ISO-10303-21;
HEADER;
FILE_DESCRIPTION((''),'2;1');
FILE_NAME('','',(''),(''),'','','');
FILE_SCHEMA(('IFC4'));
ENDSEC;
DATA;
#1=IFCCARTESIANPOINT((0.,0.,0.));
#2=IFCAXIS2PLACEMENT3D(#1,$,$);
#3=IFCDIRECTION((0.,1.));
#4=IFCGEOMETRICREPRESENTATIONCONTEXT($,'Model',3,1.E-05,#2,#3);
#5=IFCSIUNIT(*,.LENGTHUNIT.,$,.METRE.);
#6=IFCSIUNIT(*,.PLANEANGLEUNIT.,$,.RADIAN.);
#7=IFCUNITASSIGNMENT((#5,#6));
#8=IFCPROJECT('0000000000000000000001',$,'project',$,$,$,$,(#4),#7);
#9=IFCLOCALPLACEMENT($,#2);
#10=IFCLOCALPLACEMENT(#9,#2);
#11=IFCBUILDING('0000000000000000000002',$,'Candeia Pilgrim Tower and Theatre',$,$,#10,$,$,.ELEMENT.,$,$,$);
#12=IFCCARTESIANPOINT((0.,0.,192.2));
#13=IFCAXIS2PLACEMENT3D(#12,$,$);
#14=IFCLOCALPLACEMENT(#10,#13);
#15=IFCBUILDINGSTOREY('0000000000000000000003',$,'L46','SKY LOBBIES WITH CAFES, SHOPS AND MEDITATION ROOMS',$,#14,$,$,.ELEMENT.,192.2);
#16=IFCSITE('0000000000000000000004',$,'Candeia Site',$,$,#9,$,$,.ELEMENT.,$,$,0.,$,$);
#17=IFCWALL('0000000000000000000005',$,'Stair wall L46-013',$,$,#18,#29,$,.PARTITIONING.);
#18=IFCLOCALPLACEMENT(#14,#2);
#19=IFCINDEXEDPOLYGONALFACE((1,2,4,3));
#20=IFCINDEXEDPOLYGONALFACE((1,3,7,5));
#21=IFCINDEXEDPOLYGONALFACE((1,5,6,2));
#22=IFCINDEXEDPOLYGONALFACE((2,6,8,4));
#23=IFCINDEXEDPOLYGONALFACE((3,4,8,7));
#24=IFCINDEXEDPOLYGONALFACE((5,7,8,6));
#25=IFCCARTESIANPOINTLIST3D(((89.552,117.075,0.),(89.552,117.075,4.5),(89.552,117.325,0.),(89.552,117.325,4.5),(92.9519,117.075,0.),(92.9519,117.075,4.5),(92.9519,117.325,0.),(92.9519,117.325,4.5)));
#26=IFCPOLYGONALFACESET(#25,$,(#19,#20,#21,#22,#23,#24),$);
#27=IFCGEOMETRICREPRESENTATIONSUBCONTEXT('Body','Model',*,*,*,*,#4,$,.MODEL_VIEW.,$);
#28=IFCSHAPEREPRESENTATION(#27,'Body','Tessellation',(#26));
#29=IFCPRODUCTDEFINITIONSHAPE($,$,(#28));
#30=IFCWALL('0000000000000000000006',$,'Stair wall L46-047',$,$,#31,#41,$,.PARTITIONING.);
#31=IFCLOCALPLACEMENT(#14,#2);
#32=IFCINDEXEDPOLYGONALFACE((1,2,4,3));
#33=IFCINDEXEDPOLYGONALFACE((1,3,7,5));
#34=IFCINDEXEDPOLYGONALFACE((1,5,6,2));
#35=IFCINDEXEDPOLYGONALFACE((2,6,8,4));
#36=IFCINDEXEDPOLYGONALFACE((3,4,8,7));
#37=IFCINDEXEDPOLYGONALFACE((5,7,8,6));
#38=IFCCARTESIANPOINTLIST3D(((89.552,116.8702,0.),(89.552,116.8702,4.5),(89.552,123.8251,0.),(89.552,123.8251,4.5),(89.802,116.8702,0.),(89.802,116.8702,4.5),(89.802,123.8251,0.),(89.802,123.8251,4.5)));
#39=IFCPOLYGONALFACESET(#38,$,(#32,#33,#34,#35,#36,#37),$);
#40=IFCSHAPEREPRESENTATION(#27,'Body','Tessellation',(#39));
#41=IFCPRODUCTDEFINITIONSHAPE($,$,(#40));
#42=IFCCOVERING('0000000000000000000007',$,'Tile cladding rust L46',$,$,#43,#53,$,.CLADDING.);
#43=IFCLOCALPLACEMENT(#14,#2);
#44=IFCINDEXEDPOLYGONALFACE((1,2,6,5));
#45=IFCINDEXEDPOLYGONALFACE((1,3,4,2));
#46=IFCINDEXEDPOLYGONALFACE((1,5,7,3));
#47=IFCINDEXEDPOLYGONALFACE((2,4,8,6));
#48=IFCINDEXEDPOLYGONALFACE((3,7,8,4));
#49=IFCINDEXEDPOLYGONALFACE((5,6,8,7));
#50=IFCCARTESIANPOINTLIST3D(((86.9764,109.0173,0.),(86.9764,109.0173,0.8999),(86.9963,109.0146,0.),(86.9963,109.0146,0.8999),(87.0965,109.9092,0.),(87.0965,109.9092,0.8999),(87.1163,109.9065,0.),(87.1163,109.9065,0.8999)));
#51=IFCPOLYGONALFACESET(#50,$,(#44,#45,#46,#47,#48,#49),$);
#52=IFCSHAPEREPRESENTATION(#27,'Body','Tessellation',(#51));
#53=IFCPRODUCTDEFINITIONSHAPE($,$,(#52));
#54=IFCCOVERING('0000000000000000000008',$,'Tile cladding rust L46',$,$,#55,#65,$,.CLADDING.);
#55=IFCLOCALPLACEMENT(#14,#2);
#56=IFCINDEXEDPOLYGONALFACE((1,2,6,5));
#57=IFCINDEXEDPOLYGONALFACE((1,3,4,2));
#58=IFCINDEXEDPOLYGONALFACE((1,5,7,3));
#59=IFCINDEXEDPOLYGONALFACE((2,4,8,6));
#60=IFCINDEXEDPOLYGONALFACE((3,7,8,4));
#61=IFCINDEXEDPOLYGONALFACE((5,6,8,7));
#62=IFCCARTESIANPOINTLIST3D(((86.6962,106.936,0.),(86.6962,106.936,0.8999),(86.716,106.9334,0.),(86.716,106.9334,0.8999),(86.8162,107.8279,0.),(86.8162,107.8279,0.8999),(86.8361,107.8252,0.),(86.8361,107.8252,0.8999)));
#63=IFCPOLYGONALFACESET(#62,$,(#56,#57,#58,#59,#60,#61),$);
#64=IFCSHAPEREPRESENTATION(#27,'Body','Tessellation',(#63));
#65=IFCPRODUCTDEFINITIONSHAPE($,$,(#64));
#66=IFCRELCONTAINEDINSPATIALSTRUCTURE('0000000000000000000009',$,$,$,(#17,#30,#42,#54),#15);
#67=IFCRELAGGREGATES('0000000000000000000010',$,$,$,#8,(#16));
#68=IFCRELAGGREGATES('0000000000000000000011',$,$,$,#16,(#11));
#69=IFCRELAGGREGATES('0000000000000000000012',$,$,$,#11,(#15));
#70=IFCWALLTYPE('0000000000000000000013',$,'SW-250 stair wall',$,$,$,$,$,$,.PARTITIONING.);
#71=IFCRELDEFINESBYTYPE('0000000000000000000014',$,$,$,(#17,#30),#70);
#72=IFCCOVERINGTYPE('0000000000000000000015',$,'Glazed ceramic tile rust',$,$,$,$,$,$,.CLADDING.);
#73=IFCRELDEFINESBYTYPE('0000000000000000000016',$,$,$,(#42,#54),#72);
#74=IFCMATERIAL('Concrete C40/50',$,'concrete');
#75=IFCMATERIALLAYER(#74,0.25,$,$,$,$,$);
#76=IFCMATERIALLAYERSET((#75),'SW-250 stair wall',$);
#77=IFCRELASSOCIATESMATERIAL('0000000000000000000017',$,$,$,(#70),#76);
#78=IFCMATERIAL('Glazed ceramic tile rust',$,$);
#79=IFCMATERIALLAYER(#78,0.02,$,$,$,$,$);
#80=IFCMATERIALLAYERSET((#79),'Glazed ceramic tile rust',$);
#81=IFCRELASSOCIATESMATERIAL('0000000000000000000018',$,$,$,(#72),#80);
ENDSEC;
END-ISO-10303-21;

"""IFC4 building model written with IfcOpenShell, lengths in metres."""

from ifc_helpers import new_model, si_unit, direction, frame, frame_2d, origin, origin_2d, place, context, subcontext, project, spatial, rectangle, extrude, material, layer, layer_set, type_object, element, save


model = new_model("IFC4")

# Units and contexts
model_context = context("Model", 3, precision=1e-05, world=origin(), true_north=direction((0.0, 1.0)))
body_context = subcontext(model_context, "Body", "Model", "MODEL_VIEW")
ifc_project = project(units=[si_unit("LENGTHUNIT", "METRE"), si_unit("PLANEANGLEUNIT", "RADIAN")], contexts=[model_context])

# Site, building, storey
site_placement = place(None, origin())
site = spatial("IfcSite", under=ifc_project, at=site_placement, Name="Candeia Site", CompositionType="ELEMENT", RefElevation=0.0)
building_placement = place(site_placement, origin())
building = spatial("IfcBuilding", under=site, at=building_placement, Name="Candeia Pilgrim Tower and Theatre", CompositionType="ELEMENT")
storey_placement = place(building_placement, frame((0.0, 0.0, 192.2)))
storey = spatial("IfcBuildingStorey", under=building, at=storey_placement, Name="L46", Description="SKY LOBBIES WITH CAFES, SHOPS AND MEDITATION ROOMS", CompositionType="ELEMENT", Elevation=192.2)

# Shared definitions
ifc_material_1 = material(Name="Concrete C40/50", Category="concrete")

# Walls
ifc_layer_1 = layer(ifc_material_1, 0.25)
ifc_layer_set_1 = layer_set([ifc_layer_1], Name="SW-250 stair wall")
wall_type_1 = type_object("IfcWallType", Name="SW-250 stair wall", PredefinedType="PARTITIONING", material=ifc_layer_set_1)
wall_1_placement = place(storey_placement, frame((89.552, 117.2, 0.0), z_axis=(0.0, 0.0, 1.0), x_axis=(1.0, 0.0, 0.0)))
element("IfcWall", 1, at=wall_1_placement, inside=storey, type_object=wall_type_1, Name="Stair wall L46-013", PredefinedType="PARTITIONING", context=body_context, shape_type="SweptSolid", body=[
    extrude(rectangle(XDim=3.3999, YDim=0.25, at=frame_2d((1.7, 0.0))), origin(), (0.0, 0.0, 1.0), 4.5),
])
wall_2_placement = place(storey_placement, frame((89.677, 116.8701, 0.0), z_axis=(0.0, 0.0, 1.0), x_axis=(0.0, 1.0, 0.0)))
element("IfcWall", 2, at=wall_2_placement, inside=storey, type_object=wall_type_1, Name="Stair wall L46-047", PredefinedType="PARTITIONING", context=body_context, shape_type="SweptSolid", body=[
    extrude(rectangle(XDim=6.9548, YDim=0.25, at=frame_2d((3.4775, 0.0))), origin(), (0.0, 0.0, 1.0), 4.5),
])

# Coverings
ifc_material_2 = material(Name="Glazed ceramic tile rust")
ifc_layer_2 = layer(ifc_material_2, 0.02)
ifc_layer_set_2 = layer_set([ifc_layer_2], Name="Glazed ceramic tile rust")
covering_type = type_object("IfcCoveringType", Name="Glazed ceramic tile rust", PredefinedType="CLADDING", material=ifc_layer_set_2)
for number, where, z_axis, x_axis, name in (
    (3, (87.0464, 109.4619, 0.0), (0.0, 0.0, 1.0), (-0.133412, -0.991061, 0.0), "Tile cladding rust L46"),
    (4, (86.7661, 107.3806, 0.0), (0.0, 0.0, 1.0), (-0.133412, -0.991061, 0.0), "Tile cladding rust L46"),
):
    element("IfcCovering", number, at=place(storey_placement, frame(where, z_axis=z_axis, x_axis=x_axis)), inside=storey, type_object=covering_type, Name=name, PredefinedType="CLADDING", context=body_context, shape_type="SweptSolid", body=[
        extrude(rectangle(XDim=0.8999, YDim=0.02, at=origin_2d()), origin(), (0.0, 0.0, 1.0), 0.8999),
    ])

save(model, "model.ifc")
